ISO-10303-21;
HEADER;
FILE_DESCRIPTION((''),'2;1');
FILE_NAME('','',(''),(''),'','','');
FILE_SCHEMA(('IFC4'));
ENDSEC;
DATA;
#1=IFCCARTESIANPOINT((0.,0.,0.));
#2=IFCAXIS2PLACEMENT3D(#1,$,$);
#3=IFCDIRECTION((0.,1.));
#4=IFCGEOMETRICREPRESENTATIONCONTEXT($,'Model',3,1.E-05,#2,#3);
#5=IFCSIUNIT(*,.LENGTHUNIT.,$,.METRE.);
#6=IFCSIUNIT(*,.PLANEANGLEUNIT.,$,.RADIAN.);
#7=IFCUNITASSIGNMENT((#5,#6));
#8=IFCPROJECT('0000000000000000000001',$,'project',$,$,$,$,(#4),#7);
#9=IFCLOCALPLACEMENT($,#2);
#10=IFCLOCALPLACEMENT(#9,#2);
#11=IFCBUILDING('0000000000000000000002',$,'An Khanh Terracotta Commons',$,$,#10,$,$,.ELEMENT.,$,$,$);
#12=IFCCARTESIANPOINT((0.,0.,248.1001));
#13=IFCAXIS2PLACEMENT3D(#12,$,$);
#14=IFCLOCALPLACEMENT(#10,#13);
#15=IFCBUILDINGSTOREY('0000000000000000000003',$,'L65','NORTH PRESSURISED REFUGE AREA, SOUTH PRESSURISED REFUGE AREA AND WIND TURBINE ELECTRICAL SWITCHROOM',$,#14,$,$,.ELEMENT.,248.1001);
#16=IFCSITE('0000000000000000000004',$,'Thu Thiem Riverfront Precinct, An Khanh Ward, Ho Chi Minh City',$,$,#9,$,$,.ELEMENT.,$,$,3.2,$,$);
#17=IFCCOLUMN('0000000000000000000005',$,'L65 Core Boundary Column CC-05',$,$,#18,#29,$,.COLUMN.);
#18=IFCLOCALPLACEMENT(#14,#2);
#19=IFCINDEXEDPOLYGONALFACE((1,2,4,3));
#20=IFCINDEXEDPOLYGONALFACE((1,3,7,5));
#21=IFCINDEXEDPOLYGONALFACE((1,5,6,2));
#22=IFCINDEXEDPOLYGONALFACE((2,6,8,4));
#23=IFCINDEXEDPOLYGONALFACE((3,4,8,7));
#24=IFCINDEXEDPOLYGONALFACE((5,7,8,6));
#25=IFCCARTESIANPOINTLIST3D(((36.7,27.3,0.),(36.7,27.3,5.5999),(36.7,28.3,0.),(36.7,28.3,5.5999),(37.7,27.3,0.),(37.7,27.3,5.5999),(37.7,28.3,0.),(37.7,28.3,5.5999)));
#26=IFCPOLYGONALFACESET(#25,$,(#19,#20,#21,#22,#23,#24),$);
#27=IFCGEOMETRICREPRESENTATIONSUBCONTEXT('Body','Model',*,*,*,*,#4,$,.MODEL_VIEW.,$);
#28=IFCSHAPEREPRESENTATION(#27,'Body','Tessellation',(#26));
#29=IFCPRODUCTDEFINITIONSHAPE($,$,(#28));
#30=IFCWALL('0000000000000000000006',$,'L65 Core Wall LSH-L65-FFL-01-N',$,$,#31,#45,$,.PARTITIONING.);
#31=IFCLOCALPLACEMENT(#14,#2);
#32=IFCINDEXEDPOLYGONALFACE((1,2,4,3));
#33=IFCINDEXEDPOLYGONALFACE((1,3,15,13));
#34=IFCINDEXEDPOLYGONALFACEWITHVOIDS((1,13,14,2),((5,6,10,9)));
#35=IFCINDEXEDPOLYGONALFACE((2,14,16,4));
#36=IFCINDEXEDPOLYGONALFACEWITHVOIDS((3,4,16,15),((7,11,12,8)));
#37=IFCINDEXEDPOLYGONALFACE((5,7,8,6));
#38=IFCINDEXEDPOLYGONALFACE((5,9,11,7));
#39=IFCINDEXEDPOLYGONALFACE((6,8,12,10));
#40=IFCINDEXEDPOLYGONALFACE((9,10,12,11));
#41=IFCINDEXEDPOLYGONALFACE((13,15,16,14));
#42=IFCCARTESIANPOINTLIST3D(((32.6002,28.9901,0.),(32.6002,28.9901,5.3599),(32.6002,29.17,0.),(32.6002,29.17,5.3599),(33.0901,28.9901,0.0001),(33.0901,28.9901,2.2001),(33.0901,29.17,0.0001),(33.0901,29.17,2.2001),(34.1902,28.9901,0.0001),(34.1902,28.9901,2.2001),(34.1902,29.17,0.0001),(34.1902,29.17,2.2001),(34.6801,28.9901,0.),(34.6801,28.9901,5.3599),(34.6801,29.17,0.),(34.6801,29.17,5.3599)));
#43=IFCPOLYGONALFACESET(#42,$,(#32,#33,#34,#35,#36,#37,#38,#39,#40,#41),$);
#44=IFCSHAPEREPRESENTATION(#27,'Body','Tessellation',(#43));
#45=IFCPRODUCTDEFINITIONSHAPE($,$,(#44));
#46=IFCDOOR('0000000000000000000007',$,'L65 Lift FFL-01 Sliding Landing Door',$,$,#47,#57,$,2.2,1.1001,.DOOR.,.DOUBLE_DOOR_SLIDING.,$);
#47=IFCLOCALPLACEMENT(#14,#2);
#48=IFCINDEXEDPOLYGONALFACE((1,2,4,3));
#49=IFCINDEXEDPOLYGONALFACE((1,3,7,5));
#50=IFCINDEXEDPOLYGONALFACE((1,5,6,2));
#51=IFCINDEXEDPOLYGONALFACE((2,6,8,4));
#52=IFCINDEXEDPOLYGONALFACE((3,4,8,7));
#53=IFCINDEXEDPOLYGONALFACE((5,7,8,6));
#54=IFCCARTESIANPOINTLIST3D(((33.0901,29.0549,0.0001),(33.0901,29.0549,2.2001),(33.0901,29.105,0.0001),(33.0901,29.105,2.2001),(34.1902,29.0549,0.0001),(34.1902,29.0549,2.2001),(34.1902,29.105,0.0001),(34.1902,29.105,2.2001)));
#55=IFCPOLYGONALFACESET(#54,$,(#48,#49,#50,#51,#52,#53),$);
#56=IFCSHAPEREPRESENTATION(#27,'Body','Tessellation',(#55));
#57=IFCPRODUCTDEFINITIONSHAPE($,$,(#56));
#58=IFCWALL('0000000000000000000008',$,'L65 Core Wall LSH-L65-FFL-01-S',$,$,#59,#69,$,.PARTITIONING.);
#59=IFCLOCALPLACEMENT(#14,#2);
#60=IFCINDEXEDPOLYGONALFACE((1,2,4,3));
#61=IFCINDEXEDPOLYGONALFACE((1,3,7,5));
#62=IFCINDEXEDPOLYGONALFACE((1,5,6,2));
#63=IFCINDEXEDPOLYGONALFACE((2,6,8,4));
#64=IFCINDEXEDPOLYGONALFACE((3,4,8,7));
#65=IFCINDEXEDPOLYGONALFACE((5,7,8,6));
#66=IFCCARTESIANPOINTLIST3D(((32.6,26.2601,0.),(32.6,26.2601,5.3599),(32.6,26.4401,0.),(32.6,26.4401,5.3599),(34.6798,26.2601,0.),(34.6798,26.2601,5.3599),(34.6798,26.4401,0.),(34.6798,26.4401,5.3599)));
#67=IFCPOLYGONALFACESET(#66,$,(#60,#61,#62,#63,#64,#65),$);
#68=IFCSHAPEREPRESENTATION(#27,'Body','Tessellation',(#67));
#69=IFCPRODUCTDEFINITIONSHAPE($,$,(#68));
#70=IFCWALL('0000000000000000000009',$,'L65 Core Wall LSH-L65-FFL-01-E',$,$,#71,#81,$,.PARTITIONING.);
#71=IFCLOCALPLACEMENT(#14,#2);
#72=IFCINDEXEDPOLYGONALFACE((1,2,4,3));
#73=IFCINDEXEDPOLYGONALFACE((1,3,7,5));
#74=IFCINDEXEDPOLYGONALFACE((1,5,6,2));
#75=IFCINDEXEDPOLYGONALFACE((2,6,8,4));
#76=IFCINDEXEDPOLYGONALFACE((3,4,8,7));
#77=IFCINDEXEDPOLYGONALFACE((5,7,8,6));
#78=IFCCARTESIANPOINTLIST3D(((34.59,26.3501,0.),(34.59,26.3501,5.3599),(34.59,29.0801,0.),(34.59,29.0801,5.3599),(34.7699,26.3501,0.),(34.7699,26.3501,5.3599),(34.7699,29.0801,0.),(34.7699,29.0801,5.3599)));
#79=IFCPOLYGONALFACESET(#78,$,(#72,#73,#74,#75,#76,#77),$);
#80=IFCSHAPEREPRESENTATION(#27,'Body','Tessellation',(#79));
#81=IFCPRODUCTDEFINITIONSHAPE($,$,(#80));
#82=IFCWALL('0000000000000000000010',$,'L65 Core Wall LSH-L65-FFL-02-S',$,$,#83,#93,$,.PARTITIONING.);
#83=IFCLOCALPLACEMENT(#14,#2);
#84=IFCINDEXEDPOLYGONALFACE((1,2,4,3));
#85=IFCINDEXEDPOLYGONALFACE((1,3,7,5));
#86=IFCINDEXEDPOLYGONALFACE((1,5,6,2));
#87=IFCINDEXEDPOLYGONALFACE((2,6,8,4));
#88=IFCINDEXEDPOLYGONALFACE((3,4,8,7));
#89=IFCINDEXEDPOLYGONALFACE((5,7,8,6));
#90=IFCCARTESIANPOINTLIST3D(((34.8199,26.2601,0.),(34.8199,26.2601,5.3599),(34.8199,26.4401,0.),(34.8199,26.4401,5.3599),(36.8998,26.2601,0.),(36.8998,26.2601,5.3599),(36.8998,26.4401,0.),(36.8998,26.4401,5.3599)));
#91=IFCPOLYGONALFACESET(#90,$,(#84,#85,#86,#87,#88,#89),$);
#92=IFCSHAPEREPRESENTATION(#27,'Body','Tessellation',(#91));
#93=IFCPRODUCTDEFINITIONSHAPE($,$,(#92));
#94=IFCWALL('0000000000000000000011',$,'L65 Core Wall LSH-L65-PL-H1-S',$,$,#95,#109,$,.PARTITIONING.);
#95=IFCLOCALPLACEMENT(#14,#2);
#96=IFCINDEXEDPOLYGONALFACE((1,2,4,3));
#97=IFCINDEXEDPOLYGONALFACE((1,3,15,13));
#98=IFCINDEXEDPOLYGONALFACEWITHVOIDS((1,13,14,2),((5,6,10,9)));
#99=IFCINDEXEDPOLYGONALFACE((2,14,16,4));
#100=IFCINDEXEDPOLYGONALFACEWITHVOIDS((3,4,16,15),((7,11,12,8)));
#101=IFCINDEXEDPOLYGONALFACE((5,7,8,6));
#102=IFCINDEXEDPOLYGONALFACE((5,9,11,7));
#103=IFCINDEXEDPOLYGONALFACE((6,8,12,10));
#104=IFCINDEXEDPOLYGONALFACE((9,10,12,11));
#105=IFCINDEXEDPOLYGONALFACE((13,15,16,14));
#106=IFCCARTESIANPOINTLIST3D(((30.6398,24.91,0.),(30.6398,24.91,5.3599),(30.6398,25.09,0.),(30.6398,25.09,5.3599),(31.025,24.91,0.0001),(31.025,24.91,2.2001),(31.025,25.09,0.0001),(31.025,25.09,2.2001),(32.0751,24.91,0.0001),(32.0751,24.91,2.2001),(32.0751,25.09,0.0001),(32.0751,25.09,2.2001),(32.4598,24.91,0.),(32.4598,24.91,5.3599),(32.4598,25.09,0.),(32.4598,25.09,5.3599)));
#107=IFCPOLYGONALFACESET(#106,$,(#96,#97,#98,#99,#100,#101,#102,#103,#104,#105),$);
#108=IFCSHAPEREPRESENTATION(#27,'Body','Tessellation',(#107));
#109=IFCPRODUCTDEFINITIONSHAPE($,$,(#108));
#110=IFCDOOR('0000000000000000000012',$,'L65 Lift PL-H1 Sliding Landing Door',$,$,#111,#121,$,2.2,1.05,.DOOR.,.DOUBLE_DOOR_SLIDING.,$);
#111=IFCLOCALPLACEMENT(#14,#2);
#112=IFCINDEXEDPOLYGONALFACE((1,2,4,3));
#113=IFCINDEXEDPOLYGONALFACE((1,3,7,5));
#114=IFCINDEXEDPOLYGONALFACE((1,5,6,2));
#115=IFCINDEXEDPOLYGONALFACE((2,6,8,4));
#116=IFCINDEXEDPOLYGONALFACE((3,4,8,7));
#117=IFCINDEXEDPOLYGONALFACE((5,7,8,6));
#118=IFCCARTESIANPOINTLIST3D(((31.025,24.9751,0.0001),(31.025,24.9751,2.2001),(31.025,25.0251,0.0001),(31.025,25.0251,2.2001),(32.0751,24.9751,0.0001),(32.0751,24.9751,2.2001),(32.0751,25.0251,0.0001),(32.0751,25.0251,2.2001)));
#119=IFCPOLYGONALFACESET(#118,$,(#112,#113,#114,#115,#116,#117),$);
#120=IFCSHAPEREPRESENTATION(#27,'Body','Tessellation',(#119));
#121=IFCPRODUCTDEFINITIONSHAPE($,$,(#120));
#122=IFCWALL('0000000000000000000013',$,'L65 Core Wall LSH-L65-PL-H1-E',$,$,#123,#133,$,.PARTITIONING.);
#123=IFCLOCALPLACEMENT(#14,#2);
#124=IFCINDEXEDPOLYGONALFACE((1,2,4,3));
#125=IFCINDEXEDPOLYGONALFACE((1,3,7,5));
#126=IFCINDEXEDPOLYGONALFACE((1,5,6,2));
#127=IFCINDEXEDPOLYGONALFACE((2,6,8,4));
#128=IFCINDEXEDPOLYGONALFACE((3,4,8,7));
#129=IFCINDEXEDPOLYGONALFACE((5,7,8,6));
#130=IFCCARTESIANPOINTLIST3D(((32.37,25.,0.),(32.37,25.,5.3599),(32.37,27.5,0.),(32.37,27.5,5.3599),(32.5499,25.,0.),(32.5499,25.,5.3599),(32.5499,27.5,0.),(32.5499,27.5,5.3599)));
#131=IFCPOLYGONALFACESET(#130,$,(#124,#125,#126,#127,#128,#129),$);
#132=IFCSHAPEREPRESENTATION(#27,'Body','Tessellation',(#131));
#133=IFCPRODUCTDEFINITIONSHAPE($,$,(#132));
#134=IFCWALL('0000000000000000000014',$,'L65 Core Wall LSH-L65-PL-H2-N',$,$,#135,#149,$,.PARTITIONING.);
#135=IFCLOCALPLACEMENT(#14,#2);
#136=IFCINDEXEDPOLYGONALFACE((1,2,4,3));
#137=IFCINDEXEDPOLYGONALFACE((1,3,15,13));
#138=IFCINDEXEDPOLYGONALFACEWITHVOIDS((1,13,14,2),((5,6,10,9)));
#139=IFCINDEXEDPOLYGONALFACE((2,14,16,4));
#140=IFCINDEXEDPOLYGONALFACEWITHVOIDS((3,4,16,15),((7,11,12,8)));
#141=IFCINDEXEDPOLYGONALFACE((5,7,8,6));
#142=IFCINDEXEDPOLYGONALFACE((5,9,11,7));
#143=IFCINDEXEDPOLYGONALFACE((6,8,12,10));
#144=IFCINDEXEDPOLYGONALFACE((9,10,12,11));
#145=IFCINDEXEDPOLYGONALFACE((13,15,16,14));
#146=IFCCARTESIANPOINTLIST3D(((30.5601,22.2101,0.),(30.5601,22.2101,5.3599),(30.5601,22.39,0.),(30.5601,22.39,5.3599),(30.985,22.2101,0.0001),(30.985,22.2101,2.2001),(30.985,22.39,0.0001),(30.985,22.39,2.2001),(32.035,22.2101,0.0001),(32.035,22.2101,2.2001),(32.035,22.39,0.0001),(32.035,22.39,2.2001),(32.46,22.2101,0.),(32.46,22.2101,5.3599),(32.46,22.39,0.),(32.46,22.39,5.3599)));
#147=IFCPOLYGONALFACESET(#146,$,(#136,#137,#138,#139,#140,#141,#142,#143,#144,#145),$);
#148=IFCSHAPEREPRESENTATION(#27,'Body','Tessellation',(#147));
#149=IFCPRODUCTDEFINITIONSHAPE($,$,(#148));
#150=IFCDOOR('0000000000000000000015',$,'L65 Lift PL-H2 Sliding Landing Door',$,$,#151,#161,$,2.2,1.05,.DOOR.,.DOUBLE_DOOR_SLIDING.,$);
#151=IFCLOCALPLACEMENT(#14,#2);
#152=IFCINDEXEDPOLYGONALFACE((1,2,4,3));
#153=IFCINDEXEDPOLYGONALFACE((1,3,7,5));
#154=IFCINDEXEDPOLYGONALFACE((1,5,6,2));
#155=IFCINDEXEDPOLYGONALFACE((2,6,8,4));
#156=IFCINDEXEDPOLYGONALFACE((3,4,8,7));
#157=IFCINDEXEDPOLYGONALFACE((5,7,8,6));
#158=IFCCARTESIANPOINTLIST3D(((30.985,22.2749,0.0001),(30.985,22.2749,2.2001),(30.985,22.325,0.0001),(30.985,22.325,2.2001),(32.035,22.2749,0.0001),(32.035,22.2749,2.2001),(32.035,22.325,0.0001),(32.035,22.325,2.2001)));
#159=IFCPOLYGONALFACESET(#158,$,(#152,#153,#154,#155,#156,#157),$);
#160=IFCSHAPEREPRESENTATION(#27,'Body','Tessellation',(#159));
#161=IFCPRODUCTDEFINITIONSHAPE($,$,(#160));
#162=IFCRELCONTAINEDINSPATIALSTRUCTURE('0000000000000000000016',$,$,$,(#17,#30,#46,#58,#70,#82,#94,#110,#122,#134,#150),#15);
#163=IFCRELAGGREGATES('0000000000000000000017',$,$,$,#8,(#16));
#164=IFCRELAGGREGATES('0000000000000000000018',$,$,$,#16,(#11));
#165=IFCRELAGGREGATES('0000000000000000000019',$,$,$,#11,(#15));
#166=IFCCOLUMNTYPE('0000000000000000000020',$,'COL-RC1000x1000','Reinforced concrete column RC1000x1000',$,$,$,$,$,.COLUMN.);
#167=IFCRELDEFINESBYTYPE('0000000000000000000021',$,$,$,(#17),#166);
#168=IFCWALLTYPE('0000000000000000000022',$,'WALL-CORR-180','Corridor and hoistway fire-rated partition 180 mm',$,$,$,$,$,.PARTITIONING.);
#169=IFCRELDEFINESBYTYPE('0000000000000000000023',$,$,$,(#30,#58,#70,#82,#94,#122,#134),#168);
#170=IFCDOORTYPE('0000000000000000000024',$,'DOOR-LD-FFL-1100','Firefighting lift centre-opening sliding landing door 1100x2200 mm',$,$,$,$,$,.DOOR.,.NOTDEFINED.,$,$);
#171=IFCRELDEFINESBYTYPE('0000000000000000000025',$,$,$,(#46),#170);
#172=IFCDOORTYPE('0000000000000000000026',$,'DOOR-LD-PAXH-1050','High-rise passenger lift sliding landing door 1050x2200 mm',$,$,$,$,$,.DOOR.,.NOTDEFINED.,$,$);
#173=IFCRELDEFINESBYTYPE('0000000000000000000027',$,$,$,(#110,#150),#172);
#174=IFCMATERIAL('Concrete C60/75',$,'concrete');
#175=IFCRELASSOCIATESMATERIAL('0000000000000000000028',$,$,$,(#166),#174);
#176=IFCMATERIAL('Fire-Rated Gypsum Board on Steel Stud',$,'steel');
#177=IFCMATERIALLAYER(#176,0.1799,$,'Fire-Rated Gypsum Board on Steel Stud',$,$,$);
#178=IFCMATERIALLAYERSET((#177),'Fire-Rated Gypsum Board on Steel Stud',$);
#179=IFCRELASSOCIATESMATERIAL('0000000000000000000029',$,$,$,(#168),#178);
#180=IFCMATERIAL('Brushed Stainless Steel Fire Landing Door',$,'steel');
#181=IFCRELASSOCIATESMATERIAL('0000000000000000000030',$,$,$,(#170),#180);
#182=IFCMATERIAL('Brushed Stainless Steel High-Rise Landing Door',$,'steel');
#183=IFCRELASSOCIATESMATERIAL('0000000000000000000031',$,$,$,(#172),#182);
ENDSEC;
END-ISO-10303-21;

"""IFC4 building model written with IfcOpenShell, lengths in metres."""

from ifc_helpers import new_model, si_unit, direction, frame, frame_2d, origin, origin_2d, place, context, subcontext, project, spatial, rectangle, extrude, material, layer, layer_set, material_profile, profile_set, type_object, element, fill, save


model = new_model("IFC4")

# Units and contexts
model_context = context("Model", 3, precision=1e-05, world=origin(), true_north=direction((0.0, 1.0)))
body_context = subcontext(model_context, "Body", "Model", "MODEL_VIEW")
ifc_project = project(units=[si_unit("LENGTHUNIT", "METRE"), si_unit("PLANEANGLEUNIT", "RADIAN")], contexts=[model_context])

# Site, building, storey
site_placement = place(None, origin())
site = spatial("IfcSite", under=ifc_project, at=site_placement, Name="Thu Thiem Riverfront Precinct, An Khanh Ward, Ho Chi Minh City", CompositionType="ELEMENT", RefElevation=3.2)
building_placement = place(site_placement, origin())
building = spatial("IfcBuilding", under=site, at=building_placement, Name="An Khanh Terracotta Commons", CompositionType="ELEMENT")
storey_placement = place(building_placement, frame((0.0, 0.0, 248.1001)))
storey = spatial("IfcBuildingStorey", under=building, at=storey_placement, Name="L65", Description="NORTH PRESSURISED REFUGE AREA, SOUTH PRESSURISED REFUGE AREA AND WIND TURBINE ELECTRICAL SWITCHROOM", CompositionType="ELEMENT", Elevation=248.1001)

# Column
ifc_material_1 = material(Name="Concrete C60/75", Category="concrete")
ifc_material_profile = material_profile(ifc_material_1, rectangle(XDim=1.0, YDim=1.0, at=origin_2d()), Name="RC1000x1000")
ifc_profile_set = profile_set([ifc_material_profile], Name="Concrete C60/75")
column_type = type_object("IfcColumnType", Name="COL-RC1000x1000", Description="Reinforced concrete column RC1000x1000", PredefinedType="COLUMN", material=ifc_profile_set)
column_placement = place(storey_placement, frame((37.2, 27.8, 0.0), z_axis=(0.0, 0.0, 1.0), x_axis=(1.0, 0.0, 0.0)))
element("IfcColumn", 1, at=column_placement, inside=storey, type_object=column_type, Name="L65 Core Boundary Column CC-05", PredefinedType="COLUMN", context=body_context, shape_type="SweptSolid", body=[
    extrude(rectangle(XDim=1.0, YDim=1.0, at=origin_2d()), origin(), (0.0, 0.0, 1.0), 5.5999),
])

# Wall, opening, door
ifc_material_2 = material(Name="Fire-Rated Gypsum Board on Steel Stud", Category="steel")
ifc_layer_1 = layer(ifc_material_2, 0.1799, Name="Fire-Rated Gypsum Board on Steel Stud")
ifc_layer_set_1 = layer_set([ifc_layer_1], Name="Fire-Rated Gypsum Board on Steel Stud")
wall_type_1 = type_object("IfcWallType", Name="WALL-CORR-180", Description="Corridor and hoistway fire-rated partition 180 mm", PredefinedType="PARTITIONING", material=ifc_layer_set_1)
wall_1_placement = place(storey_placement, frame((32.6001, 29.0801, 0.0), z_axis=(0.0, 0.0, 1.0), x_axis=(1.0, 0.0, 0.0)))
wall_1 = element("IfcWall", 2, at=wall_1_placement, inside=storey, type_object=wall_type_1, Name="L65 Core Wall LSH-L65-FFL-01-N", PredefinedType="PARTITIONING", context=body_context, shape_type="SweptSolid", body=[
    extrude(rectangle(XDim=2.0798, YDim=0.1799, at=frame_2d((1.04, 0.0))), origin(), (0.0, 0.0, 1.0), 5.3599),
])
opening_1_placement = place(wall_1_placement, frame((0.49, 0.0, 0.0)))
opening_1 = element("IfcOpeningElement", 3, at=opening_1_placement, cuts=wall_1, PredefinedType="OPENING", context=body_context, shape_type="SweptSolid", body=[
    extrude(rectangle(XDim=1.1001, YDim=2.2, at=frame_2d((0.55, 1.1001))), frame((0.0, 0.0999, 0.0), z_axis=(0.0, -1.0, 0.0), x_axis=(1.0, 0.0, 0.0)), (0.0, 0.0, 1.0), 0.2),
])
ifc_material_3 = material(Name="Brushed Stainless Steel Fire Landing Door", Category="steel")
door_type_1 = type_object("IfcDoorType", Name="DOOR-LD-FFL-1100", Description="Firefighting lift centre-opening sliding landing door 1100x2200 mm", OperationType="NOTDEFINED", PredefinedType="DOOR", material=ifc_material_3)
door_1_placement = place(opening_1_placement, origin())
door_1 = element("IfcDoor", 4, at=door_1_placement, inside=storey, type_object=door_type_1, Name="L65 Lift FFL-01 Sliding Landing Door", OperationType="DOUBLE_DOOR_SLIDING", OverallHeight=2.2, OverallWidth=1.1001, PredefinedType="DOOR", context=body_context, shape_type="SweptSolid", body=[
    extrude(rectangle(XDim=1.1001, YDim=2.2, at=frame_2d((0.55, 1.1001))), frame((0.0, 0.0249, 0.0), z_axis=(0.0, -1.0, 0.0), x_axis=(1.0, 0.0, 0.0)), (0.0, 0.0, 1.0), 0.05),
])
fill(opening_1, door_1)

# Walls
wall_2_placement = place(storey_placement, frame((34.6799, 26.3501, 0.0), z_axis=(0.0, 0.0, 1.0), x_axis=(-1.0, 0.0, 0.0)))
element("IfcWall", 5, at=wall_2_placement, inside=storey, type_object=wall_type_1, Name="L65 Core Wall LSH-L65-FFL-01-S", PredefinedType="PARTITIONING", context=body_context, shape_type="SweptSolid", body=[
    extrude(rectangle(XDim=2.0798, YDim=0.1799, at=frame_2d((1.04, 0.0))), origin(), (0.0, 0.0, 1.0), 5.3599),
])
wall_3_placement = place(storey_placement, frame((34.6799, 26.3501, 0.0), z_axis=(0.0, 0.0, 1.0), x_axis=(0.0, 1.0, 0.0)))
element("IfcWall", 6, at=wall_3_placement, inside=storey, type_object=wall_type_1, Name="L65 Core Wall LSH-L65-FFL-01-E", PredefinedType="PARTITIONING", context=body_context, shape_type="SweptSolid", body=[
    extrude(rectangle(XDim=2.73, YDim=0.1799, at=frame_2d((1.365, 0.0))), origin(), (0.0, 0.0, 1.0), 5.3599),
])
wall_4_placement = place(storey_placement, frame((36.8999, 26.3501, 0.0), z_axis=(0.0, 0.0, 1.0), x_axis=(-1.0, 0.0, 0.0)))
element("IfcWall", 7, at=wall_4_placement, inside=storey, type_object=wall_type_1, Name="L65 Core Wall LSH-L65-FFL-02-S", PredefinedType="PARTITIONING", context=body_context, shape_type="SweptSolid", body=[
    extrude(rectangle(XDim=2.0798, YDim=0.1799, at=frame_2d((1.04, 0.0))), origin(), (0.0, 0.0, 1.0), 5.3599),
])

# Wall, opening, door
wall_5_placement = place(storey_placement, frame((32.46, 25.0, 0.0), z_axis=(0.0, 0.0, 1.0), x_axis=(-1.0, 0.0, 0.0)))
wall_5 = element("IfcWall", 8, at=wall_5_placement, inside=storey, type_object=wall_type_1, Name="L65 Core Wall LSH-L65-PL-H1-S", PredefinedType="PARTITIONING", context=body_context, shape_type="SweptSolid", body=[
    extrude(rectangle(XDim=1.8201, YDim=0.1799, at=frame_2d((0.9102, 0.0))), origin(), (0.0, 0.0, 1.0), 5.3599),
])
opening_2_placement = place(wall_5_placement, frame((0.385, 0.0, 0.0)))
opening_2 = element("IfcOpeningElement", 9, at=opening_2_placement, cuts=wall_5, PredefinedType="OPENING", context=body_context, shape_type="SweptSolid", body=[
    extrude(rectangle(XDim=1.05, YDim=2.2, at=frame_2d((0.5249, 1.1001))), frame((0.0, 0.0999, 0.0), z_axis=(0.0, -1.0, 0.0), x_axis=(1.0, 0.0, 0.0)), (0.0, 0.0, 1.0), 0.2),
])
ifc_material_4 = material(Name="Brushed Stainless Steel High-Rise Landing Door", Category="steel")
door_type_2 = type_object("IfcDoorType", Name="DOOR-LD-PAXH-1050", Description="High-rise passenger lift sliding landing door 1050x2200 mm", OperationType="NOTDEFINED", PredefinedType="DOOR", material=ifc_material_4)
door_2_placement = place(opening_2_placement, origin())
door_2 = element("IfcDoor", 10, at=door_2_placement, inside=storey, type_object=door_type_2, Name="L65 Lift PL-H1 Sliding Landing Door", OperationType="DOUBLE_DOOR_SLIDING", OverallHeight=2.2, OverallWidth=1.05, PredefinedType="DOOR", context=body_context, shape_type="SweptSolid", body=[
    extrude(rectangle(XDim=1.05, YDim=2.2, at=frame_2d((0.5249, 1.1001))), frame((0.0, 0.0249, 0.0), z_axis=(0.0, -1.0, 0.0), x_axis=(1.0, 0.0, 0.0)), (0.0, 0.0, 1.0), 0.05),
])
fill(opening_2, door_2)

# Wall
wall_6_placement = place(storey_placement, frame((32.46, 25.0, 0.0), z_axis=(0.0, 0.0, 1.0), x_axis=(0.0, 1.0, 0.0)))
element("IfcWall", 11, at=wall_6_placement, inside=storey, type_object=wall_type_1, Name="L65 Core Wall LSH-L65-PL-H1-E", PredefinedType="PARTITIONING", context=body_context, shape_type="SweptSolid", body=[
    extrude(rectangle(XDim=2.5, YDim=0.1799, at=frame_2d((1.25, 0.0))), origin(), (0.0, 0.0, 1.0), 5.3599),
])

# Wall, opening, door
wall_7_placement = place(storey_placement, frame((30.5601, 22.3, 0.0), z_axis=(0.0, 0.0, 1.0), x_axis=(1.0, 0.0, 0.0)))
wall_7 = element("IfcWall", 12, at=wall_7_placement, inside=storey, type_object=wall_type_1, Name="L65 Core Wall LSH-L65-PL-H2-N", PredefinedType="PARTITIONING", context=body_context, shape_type="SweptSolid", body=[
    extrude(rectangle(XDim=1.8999, YDim=0.1799, at=frame_2d((0.95, 0.0))), origin(), (0.0, 0.0, 1.0), 5.3599),
])
opening_3_placement = place(wall_7_placement, frame((0.425, 0.0, 0.0)))
opening_3 = element("IfcOpeningElement", 13, at=opening_3_placement, cuts=wall_7, PredefinedType="OPENING", context=body_context, shape_type="SweptSolid", body=[
    extrude(rectangle(XDim=1.05, YDim=2.2, at=frame_2d((0.5249, 1.1001))), frame((0.0, 0.0999, 0.0), z_axis=(0.0, -1.0, 0.0), x_axis=(1.0, 0.0, 0.0)), (0.0, 0.0, 1.0), 0.2),
])
door_3_placement = place(opening_3_placement, origin())
door_3 = element("IfcDoor", 14, at=door_3_placement, inside=storey, type_object=door_type_2, Name="L65 Lift PL-H2 Sliding Landing Door", OperationType="DOUBLE_DOOR_SLIDING", OverallHeight=2.2, OverallWidth=1.05, PredefinedType="DOOR", context=body_context, shape_type="SweptSolid", body=[
    extrude(rectangle(XDim=1.05, YDim=2.2, at=frame_2d((0.5249, 1.1001))), frame((0.0, 0.0249, 0.0), z_axis=(0.0, -1.0, 0.0), x_axis=(1.0, 0.0, 0.0)), (0.0, 0.0, 1.0), 0.05),
])
fill(opening_3, door_3)

save(model, "model.ifc")
